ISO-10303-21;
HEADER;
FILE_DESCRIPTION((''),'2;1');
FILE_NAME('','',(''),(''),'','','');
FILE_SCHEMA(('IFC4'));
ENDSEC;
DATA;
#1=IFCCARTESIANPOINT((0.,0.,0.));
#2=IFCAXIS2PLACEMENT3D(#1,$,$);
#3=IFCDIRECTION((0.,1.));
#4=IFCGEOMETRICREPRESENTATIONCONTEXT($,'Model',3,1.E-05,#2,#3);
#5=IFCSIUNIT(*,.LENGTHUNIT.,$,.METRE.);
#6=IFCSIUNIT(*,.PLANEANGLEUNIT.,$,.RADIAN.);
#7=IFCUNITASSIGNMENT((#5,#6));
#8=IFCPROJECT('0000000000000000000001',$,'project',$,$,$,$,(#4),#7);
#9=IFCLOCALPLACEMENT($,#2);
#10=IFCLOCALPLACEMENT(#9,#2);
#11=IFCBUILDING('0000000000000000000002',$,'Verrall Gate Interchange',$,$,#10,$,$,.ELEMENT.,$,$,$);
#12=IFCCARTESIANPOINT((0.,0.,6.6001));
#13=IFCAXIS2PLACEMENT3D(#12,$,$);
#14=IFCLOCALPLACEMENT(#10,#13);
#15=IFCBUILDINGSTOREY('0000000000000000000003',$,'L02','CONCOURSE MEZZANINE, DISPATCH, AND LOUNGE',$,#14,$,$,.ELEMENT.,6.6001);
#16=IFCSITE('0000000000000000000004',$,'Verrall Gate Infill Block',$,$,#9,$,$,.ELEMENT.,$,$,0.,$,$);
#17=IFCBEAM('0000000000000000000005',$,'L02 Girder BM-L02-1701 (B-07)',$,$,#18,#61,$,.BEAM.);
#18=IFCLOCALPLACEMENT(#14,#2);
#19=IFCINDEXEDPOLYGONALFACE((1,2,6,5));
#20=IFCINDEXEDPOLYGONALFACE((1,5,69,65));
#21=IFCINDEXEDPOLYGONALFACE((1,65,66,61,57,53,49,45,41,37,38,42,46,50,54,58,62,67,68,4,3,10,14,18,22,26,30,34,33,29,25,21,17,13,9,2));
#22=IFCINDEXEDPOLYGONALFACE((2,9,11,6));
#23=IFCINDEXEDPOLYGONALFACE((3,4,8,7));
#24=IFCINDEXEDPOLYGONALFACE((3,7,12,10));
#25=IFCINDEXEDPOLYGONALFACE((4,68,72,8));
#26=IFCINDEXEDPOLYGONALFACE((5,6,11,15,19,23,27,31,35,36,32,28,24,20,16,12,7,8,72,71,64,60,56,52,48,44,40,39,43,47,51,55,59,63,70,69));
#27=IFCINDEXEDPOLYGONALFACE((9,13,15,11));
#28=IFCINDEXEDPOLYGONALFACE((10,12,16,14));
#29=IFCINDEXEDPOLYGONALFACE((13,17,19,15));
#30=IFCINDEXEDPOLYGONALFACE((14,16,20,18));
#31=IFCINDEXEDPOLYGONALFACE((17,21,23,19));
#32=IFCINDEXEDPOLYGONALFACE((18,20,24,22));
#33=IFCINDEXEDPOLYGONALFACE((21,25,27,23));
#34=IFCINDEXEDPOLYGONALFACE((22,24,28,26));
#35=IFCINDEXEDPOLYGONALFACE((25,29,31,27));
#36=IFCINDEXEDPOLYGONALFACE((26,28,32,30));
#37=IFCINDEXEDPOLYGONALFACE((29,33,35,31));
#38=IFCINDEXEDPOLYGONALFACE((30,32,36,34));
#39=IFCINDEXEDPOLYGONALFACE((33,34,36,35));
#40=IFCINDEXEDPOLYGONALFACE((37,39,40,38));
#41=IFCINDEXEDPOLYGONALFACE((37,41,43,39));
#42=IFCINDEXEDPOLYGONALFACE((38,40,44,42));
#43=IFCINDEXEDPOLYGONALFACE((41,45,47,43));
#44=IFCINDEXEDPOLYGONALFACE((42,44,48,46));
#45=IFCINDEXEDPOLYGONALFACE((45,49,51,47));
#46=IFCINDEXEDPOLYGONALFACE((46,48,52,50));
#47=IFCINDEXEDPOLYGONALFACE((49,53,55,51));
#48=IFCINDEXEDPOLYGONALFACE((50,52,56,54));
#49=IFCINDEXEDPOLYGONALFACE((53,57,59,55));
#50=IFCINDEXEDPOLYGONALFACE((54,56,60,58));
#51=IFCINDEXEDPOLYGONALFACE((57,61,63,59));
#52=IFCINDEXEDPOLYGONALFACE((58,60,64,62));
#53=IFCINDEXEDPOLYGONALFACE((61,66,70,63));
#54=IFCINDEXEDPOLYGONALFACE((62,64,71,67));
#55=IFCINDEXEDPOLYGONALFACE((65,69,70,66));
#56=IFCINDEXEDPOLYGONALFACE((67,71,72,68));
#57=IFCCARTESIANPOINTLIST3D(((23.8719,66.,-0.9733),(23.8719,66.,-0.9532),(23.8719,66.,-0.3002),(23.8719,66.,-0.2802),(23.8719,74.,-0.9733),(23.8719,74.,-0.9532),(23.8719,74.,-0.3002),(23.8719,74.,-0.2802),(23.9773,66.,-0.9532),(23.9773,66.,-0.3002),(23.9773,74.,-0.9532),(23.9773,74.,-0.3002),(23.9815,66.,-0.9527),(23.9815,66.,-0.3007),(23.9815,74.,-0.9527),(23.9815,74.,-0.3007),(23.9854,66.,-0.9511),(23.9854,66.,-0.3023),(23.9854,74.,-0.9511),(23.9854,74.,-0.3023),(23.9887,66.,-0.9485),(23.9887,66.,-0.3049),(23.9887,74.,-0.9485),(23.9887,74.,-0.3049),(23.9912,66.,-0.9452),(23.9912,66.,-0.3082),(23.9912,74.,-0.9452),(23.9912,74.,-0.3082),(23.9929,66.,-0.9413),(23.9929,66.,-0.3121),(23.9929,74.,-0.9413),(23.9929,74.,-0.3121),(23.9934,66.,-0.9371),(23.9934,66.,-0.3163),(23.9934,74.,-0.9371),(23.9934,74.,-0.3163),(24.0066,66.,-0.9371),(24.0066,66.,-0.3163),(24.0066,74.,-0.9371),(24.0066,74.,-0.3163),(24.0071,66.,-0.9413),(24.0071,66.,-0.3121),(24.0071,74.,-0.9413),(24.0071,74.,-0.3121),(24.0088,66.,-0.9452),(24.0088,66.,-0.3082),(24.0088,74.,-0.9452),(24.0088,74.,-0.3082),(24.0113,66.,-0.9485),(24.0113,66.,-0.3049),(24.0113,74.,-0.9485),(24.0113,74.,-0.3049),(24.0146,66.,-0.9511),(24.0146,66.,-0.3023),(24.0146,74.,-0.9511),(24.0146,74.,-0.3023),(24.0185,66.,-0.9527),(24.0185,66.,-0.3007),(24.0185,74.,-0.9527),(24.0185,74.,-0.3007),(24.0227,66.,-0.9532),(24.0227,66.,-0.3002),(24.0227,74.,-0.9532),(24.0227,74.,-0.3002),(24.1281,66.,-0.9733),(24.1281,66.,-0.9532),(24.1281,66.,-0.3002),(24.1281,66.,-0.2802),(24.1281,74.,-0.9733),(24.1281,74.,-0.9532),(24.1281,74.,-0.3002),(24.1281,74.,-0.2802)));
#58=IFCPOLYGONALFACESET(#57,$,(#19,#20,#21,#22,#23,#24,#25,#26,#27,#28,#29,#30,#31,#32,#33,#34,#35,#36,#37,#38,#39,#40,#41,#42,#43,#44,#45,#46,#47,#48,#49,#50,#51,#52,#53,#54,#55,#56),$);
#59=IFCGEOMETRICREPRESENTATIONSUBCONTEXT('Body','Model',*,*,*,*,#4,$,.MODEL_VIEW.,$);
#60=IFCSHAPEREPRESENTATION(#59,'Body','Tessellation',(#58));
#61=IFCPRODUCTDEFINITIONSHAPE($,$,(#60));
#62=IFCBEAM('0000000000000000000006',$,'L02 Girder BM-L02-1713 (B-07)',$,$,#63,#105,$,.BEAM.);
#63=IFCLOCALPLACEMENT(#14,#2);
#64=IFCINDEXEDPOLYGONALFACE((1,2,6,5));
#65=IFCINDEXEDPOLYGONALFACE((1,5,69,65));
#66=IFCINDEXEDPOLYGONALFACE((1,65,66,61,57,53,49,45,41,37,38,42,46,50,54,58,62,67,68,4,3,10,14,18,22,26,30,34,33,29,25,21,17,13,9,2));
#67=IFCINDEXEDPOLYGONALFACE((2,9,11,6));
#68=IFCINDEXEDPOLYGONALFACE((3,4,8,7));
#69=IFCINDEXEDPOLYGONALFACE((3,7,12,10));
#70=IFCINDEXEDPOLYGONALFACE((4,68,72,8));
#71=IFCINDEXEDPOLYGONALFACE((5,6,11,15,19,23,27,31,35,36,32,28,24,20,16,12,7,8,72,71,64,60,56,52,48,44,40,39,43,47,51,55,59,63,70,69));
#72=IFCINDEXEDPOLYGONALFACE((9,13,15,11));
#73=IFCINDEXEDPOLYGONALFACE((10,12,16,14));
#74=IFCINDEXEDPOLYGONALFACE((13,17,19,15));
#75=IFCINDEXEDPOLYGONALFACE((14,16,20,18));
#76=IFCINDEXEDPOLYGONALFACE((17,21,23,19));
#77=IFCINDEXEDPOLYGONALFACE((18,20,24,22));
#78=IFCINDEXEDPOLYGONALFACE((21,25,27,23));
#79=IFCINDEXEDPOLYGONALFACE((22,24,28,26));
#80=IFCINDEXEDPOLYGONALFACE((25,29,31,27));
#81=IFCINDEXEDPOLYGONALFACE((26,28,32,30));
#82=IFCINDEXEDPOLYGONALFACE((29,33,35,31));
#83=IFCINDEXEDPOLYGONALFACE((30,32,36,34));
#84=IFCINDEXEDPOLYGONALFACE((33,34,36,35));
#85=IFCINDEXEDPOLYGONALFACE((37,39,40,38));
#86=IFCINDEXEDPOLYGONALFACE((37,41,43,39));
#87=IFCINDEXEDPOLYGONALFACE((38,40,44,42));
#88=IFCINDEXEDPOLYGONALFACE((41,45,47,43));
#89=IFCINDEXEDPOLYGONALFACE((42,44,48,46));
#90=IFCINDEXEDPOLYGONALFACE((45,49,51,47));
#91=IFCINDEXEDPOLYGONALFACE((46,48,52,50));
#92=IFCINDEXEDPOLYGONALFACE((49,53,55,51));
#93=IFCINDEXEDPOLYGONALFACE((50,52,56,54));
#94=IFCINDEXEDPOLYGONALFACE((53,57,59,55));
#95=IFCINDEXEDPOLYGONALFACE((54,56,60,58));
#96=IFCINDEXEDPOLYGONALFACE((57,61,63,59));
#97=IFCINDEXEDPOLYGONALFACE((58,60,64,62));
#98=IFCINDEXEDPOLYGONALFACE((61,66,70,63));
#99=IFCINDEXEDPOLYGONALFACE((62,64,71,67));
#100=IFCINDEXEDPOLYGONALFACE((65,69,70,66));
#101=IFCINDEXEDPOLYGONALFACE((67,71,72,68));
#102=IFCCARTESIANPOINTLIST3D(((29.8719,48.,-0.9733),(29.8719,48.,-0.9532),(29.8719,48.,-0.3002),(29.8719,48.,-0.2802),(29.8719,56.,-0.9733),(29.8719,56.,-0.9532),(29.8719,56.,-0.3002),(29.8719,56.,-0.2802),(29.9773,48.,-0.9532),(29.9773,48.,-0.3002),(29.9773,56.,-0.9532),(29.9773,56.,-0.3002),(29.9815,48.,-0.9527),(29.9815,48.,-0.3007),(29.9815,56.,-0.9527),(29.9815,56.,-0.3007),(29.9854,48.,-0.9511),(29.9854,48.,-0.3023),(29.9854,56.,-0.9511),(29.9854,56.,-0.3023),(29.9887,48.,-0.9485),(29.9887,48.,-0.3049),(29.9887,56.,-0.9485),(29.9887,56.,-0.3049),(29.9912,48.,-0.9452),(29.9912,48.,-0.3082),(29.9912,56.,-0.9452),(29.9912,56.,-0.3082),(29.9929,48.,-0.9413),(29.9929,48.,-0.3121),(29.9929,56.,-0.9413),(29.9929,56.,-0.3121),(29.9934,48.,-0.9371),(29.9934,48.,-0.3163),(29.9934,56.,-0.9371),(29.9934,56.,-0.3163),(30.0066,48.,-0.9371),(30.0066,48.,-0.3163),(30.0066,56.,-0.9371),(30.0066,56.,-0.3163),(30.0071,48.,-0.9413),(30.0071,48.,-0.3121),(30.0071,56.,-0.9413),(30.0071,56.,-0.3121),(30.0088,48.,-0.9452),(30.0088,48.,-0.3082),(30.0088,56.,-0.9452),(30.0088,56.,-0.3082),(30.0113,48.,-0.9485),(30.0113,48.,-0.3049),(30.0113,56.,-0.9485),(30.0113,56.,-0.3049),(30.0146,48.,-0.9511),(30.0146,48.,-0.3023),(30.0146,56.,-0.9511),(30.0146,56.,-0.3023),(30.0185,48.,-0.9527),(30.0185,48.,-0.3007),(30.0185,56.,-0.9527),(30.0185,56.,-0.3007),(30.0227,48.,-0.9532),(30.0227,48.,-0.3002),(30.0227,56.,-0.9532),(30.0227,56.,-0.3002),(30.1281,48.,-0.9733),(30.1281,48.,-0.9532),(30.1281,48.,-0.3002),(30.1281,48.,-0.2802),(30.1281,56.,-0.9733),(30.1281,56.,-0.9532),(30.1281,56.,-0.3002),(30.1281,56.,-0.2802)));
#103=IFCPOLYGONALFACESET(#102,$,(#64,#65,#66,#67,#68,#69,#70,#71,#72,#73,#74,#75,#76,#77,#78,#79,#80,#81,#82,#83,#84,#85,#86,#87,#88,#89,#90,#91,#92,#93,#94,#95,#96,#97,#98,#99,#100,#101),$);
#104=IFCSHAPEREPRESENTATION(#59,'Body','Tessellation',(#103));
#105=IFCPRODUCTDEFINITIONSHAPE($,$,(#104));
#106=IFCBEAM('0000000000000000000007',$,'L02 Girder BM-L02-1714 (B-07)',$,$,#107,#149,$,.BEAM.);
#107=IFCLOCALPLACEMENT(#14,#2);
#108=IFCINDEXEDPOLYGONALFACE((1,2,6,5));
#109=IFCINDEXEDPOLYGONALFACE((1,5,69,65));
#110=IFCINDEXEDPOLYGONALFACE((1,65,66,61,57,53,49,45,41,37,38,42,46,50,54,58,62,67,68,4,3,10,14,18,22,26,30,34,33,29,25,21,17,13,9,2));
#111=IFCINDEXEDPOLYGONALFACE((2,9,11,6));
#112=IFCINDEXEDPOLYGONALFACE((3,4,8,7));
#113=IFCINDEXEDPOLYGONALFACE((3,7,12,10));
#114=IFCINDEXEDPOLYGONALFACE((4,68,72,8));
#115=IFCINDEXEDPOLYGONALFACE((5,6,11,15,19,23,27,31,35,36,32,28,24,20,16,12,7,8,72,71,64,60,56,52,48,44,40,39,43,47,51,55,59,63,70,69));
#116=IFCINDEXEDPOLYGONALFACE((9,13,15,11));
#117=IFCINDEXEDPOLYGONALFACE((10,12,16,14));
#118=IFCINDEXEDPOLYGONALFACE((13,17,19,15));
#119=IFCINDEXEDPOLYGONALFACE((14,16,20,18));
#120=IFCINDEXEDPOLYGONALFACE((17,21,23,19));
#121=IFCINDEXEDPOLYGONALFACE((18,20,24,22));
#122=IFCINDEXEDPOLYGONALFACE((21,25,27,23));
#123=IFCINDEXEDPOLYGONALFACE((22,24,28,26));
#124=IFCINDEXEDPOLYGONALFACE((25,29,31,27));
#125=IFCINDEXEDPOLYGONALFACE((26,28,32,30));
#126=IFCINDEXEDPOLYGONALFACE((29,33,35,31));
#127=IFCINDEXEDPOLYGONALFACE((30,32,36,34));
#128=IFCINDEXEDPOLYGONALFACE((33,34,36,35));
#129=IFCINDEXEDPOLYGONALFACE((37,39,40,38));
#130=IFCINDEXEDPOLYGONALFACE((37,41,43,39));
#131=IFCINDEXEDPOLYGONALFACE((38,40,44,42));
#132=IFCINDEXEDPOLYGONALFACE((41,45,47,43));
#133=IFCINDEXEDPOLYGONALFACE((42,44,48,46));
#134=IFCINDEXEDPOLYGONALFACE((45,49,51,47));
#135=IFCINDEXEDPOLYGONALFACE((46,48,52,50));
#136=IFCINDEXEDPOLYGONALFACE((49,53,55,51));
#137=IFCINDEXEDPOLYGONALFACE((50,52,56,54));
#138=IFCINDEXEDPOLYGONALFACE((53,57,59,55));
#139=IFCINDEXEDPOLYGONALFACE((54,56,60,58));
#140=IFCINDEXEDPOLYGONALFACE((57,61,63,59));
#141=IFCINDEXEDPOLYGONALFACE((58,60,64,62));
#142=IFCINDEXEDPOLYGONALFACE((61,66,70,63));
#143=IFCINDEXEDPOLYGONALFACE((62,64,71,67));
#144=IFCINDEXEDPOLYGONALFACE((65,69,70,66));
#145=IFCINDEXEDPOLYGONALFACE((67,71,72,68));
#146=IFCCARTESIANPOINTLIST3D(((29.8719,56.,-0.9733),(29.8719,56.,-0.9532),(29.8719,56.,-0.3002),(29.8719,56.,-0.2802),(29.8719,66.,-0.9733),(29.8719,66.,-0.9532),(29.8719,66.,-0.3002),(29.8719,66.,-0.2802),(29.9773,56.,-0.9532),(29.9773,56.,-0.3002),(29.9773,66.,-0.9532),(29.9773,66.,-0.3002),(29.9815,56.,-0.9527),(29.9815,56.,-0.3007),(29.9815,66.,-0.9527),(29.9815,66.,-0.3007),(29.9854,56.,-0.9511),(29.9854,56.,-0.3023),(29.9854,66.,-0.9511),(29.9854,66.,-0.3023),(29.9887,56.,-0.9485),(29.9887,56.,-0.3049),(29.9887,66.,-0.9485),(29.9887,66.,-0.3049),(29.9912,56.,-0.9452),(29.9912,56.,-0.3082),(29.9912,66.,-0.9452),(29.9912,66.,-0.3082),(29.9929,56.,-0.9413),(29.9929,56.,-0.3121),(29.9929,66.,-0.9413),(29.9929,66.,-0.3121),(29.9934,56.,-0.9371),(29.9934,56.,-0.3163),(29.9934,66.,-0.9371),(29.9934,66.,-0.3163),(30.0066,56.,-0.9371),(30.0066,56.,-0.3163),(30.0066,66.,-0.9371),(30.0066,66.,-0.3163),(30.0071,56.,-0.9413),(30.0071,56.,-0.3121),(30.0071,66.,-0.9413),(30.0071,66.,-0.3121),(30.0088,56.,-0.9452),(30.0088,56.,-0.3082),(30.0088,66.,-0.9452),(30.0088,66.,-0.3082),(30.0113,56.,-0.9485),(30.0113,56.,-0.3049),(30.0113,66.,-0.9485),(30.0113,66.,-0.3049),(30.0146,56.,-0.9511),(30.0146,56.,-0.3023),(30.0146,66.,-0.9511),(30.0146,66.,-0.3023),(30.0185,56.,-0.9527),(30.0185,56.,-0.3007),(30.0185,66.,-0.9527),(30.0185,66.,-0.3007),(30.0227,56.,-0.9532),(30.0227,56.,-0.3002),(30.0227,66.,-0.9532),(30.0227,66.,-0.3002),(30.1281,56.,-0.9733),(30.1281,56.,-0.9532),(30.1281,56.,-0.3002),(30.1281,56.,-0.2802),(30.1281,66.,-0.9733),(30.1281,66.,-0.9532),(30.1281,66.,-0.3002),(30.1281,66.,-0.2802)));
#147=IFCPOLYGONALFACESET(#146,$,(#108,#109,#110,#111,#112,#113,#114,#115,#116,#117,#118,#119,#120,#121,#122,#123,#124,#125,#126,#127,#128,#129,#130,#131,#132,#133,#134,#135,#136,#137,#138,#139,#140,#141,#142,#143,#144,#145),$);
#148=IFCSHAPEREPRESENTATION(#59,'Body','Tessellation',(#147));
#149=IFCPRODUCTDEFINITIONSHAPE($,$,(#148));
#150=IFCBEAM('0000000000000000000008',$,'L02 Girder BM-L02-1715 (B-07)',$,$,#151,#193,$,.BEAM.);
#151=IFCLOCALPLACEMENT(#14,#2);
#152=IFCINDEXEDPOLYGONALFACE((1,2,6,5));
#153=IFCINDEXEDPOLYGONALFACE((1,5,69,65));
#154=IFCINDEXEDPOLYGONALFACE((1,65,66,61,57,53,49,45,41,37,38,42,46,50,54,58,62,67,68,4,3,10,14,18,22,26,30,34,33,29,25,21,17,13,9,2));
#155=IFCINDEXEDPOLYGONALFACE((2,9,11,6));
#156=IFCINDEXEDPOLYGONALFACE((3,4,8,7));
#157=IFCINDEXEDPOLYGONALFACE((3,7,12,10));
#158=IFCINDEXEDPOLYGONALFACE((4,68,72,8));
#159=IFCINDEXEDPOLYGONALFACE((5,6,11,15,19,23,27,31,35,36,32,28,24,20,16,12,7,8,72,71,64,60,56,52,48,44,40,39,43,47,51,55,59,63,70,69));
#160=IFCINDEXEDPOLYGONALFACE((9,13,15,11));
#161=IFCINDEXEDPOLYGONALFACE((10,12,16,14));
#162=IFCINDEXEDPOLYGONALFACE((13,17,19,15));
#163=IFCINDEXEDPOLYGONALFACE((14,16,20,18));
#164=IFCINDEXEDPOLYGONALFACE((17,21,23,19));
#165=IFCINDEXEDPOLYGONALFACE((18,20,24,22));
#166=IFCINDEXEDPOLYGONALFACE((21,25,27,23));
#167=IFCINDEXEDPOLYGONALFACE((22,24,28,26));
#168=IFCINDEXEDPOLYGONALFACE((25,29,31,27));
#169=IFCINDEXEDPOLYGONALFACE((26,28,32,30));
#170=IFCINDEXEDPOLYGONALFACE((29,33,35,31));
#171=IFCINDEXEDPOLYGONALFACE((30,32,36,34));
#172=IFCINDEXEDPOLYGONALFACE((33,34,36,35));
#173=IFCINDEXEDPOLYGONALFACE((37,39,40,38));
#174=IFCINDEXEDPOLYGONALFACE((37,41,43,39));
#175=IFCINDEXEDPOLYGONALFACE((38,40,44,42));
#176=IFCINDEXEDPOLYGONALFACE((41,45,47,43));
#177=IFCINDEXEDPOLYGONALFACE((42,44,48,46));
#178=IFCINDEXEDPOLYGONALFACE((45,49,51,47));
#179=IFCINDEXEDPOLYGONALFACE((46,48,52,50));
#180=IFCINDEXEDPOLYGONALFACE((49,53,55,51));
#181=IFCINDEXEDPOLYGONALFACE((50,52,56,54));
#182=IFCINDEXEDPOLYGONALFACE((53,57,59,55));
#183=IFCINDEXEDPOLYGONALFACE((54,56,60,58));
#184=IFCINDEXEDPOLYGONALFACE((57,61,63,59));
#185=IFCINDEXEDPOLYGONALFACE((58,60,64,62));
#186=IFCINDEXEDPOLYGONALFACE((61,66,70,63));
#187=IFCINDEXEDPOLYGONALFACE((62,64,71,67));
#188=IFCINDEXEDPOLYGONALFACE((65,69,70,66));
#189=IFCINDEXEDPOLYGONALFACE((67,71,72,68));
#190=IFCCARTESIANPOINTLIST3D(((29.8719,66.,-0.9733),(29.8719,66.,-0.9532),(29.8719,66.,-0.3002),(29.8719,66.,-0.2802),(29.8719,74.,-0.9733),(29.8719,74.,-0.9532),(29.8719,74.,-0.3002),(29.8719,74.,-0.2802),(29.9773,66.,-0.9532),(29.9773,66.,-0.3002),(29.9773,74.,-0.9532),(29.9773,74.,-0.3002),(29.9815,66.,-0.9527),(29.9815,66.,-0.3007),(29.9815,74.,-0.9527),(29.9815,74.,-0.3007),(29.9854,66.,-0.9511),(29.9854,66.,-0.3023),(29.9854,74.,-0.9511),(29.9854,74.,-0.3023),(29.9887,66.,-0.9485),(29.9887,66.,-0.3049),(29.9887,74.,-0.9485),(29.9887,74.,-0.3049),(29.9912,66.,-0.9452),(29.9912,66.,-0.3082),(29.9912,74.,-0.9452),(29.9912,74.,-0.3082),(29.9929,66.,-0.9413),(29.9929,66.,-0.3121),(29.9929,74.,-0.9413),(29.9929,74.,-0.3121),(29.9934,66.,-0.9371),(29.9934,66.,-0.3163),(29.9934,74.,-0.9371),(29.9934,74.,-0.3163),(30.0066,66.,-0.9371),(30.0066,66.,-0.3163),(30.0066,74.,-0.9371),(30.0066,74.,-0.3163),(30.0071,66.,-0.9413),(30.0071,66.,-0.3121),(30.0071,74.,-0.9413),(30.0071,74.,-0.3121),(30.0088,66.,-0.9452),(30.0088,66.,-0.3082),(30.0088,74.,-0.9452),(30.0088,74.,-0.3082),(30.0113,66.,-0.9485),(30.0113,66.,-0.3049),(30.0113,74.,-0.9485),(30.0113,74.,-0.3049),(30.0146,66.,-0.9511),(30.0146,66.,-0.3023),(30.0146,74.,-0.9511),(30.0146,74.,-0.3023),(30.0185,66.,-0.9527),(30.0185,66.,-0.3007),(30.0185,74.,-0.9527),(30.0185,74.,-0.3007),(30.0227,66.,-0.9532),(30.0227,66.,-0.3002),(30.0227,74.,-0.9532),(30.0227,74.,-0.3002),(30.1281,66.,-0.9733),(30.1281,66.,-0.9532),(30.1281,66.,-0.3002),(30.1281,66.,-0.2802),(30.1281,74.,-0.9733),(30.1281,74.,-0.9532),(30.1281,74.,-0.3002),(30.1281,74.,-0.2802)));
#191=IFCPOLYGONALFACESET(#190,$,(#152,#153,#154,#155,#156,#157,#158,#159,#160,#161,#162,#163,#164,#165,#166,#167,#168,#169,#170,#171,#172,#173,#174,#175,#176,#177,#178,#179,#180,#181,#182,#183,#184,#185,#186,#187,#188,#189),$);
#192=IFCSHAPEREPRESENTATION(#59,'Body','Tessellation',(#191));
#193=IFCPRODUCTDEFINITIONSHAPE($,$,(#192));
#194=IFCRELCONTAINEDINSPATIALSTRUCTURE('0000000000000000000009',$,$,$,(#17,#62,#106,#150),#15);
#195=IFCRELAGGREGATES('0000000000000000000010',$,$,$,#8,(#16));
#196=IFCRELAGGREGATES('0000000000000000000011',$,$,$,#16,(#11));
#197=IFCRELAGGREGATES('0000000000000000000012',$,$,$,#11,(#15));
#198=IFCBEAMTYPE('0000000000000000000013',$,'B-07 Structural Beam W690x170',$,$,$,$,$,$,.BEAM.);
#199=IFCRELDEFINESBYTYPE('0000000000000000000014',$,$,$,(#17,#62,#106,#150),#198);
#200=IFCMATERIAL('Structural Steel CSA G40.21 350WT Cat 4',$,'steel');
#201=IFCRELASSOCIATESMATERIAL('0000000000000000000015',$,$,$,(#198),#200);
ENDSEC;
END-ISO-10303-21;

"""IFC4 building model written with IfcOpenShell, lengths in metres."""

from ifc_helpers import new_model, si_unit, direction, frame, origin, origin_2d, place, context, subcontext, project, spatial, i_section, extrude, material, material_profile, profile_set, type_object, element, save


model = new_model("IFC4")

# Units and contexts
model_context = context("Model", 3, precision=1e-05, world=origin(), true_north=direction((0.0, 1.0)))
body_context = subcontext(model_context, "Body", "Model", "MODEL_VIEW")
ifc_project = project(units=[si_unit("LENGTHUNIT", "METRE"), si_unit("PLANEANGLEUNIT", "RADIAN")], contexts=[model_context])

# Site, building, storey
site_placement = place(None, origin())
site = spatial("IfcSite", under=ifc_project, at=site_placement, Name="Verrall Gate Infill Block", CompositionType="ELEMENT", RefElevation=0.0)
building_placement = place(site_placement, origin())
building = spatial("IfcBuilding", under=site, at=building_placement, Name="Verrall Gate Interchange", CompositionType="ELEMENT")
storey_placement = place(building_placement, frame((0.0, 0.0, 6.6001)))
storey = spatial("IfcBuildingStorey", under=building, at=storey_placement, Name="L02", Description="CONCOURSE MEZZANINE, DISPATCH, AND LOUNGE", CompositionType="ELEMENT", Elevation=6.6001)

# Beams
ifc_material_1 = material(Name="Structural Steel CSA G40.21 350WT Cat 4", Category="steel")
ifc_material_profile_1 = material_profile(ifc_material_1, i_section(OverallWidth=0.2561, OverallDepth=0.6931, WebThickness=0.0132, FlangeThickness=0.02, FilletRadius=0.0161, at=origin_2d()), Name="W690x170")
ifc_profile_set_1 = profile_set([ifc_material_profile_1], Name="Structural Steel CSA G40.21 350WT Cat 4")
beam_type_1 = type_object("IfcBeamType", Name="B-07 Structural Beam W690x170", PredefinedType="BEAM", material=ifc_profile_set_1)
for number, where, z_axis, x_axis, name in (
    (1, (24.0, 66.0, -0.6267), (0.0, 1.0, 0.0), (-1.0, 0.0, 0.0), "L02 Girder BM-L02-1701 (B-07)"),
    (2, (30.0, 48.0, -0.6267), (0.0, 1.0, 0.0), (-1.0, 0.0, 0.0), "L02 Girder BM-L02-1713 (B-07)"),
):
    element("IfcBeam", number, at=place(storey_placement, frame(where, z_axis=z_axis, x_axis=x_axis)), inside=storey, type_object=beam_type_1, Name=name, PredefinedType="BEAM", context=body_context, shape_type="SweptSolid", body=[
        extrude(i_section(OverallWidth=0.2561, OverallDepth=0.6931, WebThickness=0.0132, FlangeThickness=0.02, FilletRadius=0.0161, at=origin_2d()), origin(), (0.0, 0.0, 1.0), 8.0),
    ])
beam_1_placement = place(storey_placement, frame((30.0, 56.0, -0.6267), z_axis=(0.0, 1.0, 0.0), x_axis=(-1.0, 0.0, 0.0)))
element("IfcBeam", 3, at=beam_1_placement, inside=storey, type_object=beam_type_1, Name="L02 Girder BM-L02-1714 (B-07)", PredefinedType="BEAM", context=body_context, shape_type="SweptSolid", body=[
    extrude(i_section(OverallWidth=0.2561, OverallDepth=0.6931, WebThickness=0.0132, FlangeThickness=0.02, FilletRadius=0.0161, at=origin_2d()), origin(), (0.0, 0.0, 1.0), 10.0),
])
for number, where, z_axis, x_axis, name in (
    (4, (30.0, 66.0, -0.6267), (0.0, 1.0, 0.0), (-1.0, 0.0, 0.0), "L02 Girder BM-L02-1715 (B-07)"),
):
    element("IfcBeam", number, at=place(storey_placement, frame(where, z_axis=z_axis, x_axis=x_axis)), inside=storey, type_object=beam_type_1, Name=name, PredefinedType="BEAM", context=body_context, shape_type="SweptSolid", body=[
        extrude(i_section(OverallWidth=0.2561, OverallDepth=0.6931, WebThickness=0.0132, FlangeThickness=0.02, FilletRadius=0.0161, at=origin_2d()), origin(), (0.0, 0.0, 1.0), 8.0),
    ])

save(model, "model.ifc")
